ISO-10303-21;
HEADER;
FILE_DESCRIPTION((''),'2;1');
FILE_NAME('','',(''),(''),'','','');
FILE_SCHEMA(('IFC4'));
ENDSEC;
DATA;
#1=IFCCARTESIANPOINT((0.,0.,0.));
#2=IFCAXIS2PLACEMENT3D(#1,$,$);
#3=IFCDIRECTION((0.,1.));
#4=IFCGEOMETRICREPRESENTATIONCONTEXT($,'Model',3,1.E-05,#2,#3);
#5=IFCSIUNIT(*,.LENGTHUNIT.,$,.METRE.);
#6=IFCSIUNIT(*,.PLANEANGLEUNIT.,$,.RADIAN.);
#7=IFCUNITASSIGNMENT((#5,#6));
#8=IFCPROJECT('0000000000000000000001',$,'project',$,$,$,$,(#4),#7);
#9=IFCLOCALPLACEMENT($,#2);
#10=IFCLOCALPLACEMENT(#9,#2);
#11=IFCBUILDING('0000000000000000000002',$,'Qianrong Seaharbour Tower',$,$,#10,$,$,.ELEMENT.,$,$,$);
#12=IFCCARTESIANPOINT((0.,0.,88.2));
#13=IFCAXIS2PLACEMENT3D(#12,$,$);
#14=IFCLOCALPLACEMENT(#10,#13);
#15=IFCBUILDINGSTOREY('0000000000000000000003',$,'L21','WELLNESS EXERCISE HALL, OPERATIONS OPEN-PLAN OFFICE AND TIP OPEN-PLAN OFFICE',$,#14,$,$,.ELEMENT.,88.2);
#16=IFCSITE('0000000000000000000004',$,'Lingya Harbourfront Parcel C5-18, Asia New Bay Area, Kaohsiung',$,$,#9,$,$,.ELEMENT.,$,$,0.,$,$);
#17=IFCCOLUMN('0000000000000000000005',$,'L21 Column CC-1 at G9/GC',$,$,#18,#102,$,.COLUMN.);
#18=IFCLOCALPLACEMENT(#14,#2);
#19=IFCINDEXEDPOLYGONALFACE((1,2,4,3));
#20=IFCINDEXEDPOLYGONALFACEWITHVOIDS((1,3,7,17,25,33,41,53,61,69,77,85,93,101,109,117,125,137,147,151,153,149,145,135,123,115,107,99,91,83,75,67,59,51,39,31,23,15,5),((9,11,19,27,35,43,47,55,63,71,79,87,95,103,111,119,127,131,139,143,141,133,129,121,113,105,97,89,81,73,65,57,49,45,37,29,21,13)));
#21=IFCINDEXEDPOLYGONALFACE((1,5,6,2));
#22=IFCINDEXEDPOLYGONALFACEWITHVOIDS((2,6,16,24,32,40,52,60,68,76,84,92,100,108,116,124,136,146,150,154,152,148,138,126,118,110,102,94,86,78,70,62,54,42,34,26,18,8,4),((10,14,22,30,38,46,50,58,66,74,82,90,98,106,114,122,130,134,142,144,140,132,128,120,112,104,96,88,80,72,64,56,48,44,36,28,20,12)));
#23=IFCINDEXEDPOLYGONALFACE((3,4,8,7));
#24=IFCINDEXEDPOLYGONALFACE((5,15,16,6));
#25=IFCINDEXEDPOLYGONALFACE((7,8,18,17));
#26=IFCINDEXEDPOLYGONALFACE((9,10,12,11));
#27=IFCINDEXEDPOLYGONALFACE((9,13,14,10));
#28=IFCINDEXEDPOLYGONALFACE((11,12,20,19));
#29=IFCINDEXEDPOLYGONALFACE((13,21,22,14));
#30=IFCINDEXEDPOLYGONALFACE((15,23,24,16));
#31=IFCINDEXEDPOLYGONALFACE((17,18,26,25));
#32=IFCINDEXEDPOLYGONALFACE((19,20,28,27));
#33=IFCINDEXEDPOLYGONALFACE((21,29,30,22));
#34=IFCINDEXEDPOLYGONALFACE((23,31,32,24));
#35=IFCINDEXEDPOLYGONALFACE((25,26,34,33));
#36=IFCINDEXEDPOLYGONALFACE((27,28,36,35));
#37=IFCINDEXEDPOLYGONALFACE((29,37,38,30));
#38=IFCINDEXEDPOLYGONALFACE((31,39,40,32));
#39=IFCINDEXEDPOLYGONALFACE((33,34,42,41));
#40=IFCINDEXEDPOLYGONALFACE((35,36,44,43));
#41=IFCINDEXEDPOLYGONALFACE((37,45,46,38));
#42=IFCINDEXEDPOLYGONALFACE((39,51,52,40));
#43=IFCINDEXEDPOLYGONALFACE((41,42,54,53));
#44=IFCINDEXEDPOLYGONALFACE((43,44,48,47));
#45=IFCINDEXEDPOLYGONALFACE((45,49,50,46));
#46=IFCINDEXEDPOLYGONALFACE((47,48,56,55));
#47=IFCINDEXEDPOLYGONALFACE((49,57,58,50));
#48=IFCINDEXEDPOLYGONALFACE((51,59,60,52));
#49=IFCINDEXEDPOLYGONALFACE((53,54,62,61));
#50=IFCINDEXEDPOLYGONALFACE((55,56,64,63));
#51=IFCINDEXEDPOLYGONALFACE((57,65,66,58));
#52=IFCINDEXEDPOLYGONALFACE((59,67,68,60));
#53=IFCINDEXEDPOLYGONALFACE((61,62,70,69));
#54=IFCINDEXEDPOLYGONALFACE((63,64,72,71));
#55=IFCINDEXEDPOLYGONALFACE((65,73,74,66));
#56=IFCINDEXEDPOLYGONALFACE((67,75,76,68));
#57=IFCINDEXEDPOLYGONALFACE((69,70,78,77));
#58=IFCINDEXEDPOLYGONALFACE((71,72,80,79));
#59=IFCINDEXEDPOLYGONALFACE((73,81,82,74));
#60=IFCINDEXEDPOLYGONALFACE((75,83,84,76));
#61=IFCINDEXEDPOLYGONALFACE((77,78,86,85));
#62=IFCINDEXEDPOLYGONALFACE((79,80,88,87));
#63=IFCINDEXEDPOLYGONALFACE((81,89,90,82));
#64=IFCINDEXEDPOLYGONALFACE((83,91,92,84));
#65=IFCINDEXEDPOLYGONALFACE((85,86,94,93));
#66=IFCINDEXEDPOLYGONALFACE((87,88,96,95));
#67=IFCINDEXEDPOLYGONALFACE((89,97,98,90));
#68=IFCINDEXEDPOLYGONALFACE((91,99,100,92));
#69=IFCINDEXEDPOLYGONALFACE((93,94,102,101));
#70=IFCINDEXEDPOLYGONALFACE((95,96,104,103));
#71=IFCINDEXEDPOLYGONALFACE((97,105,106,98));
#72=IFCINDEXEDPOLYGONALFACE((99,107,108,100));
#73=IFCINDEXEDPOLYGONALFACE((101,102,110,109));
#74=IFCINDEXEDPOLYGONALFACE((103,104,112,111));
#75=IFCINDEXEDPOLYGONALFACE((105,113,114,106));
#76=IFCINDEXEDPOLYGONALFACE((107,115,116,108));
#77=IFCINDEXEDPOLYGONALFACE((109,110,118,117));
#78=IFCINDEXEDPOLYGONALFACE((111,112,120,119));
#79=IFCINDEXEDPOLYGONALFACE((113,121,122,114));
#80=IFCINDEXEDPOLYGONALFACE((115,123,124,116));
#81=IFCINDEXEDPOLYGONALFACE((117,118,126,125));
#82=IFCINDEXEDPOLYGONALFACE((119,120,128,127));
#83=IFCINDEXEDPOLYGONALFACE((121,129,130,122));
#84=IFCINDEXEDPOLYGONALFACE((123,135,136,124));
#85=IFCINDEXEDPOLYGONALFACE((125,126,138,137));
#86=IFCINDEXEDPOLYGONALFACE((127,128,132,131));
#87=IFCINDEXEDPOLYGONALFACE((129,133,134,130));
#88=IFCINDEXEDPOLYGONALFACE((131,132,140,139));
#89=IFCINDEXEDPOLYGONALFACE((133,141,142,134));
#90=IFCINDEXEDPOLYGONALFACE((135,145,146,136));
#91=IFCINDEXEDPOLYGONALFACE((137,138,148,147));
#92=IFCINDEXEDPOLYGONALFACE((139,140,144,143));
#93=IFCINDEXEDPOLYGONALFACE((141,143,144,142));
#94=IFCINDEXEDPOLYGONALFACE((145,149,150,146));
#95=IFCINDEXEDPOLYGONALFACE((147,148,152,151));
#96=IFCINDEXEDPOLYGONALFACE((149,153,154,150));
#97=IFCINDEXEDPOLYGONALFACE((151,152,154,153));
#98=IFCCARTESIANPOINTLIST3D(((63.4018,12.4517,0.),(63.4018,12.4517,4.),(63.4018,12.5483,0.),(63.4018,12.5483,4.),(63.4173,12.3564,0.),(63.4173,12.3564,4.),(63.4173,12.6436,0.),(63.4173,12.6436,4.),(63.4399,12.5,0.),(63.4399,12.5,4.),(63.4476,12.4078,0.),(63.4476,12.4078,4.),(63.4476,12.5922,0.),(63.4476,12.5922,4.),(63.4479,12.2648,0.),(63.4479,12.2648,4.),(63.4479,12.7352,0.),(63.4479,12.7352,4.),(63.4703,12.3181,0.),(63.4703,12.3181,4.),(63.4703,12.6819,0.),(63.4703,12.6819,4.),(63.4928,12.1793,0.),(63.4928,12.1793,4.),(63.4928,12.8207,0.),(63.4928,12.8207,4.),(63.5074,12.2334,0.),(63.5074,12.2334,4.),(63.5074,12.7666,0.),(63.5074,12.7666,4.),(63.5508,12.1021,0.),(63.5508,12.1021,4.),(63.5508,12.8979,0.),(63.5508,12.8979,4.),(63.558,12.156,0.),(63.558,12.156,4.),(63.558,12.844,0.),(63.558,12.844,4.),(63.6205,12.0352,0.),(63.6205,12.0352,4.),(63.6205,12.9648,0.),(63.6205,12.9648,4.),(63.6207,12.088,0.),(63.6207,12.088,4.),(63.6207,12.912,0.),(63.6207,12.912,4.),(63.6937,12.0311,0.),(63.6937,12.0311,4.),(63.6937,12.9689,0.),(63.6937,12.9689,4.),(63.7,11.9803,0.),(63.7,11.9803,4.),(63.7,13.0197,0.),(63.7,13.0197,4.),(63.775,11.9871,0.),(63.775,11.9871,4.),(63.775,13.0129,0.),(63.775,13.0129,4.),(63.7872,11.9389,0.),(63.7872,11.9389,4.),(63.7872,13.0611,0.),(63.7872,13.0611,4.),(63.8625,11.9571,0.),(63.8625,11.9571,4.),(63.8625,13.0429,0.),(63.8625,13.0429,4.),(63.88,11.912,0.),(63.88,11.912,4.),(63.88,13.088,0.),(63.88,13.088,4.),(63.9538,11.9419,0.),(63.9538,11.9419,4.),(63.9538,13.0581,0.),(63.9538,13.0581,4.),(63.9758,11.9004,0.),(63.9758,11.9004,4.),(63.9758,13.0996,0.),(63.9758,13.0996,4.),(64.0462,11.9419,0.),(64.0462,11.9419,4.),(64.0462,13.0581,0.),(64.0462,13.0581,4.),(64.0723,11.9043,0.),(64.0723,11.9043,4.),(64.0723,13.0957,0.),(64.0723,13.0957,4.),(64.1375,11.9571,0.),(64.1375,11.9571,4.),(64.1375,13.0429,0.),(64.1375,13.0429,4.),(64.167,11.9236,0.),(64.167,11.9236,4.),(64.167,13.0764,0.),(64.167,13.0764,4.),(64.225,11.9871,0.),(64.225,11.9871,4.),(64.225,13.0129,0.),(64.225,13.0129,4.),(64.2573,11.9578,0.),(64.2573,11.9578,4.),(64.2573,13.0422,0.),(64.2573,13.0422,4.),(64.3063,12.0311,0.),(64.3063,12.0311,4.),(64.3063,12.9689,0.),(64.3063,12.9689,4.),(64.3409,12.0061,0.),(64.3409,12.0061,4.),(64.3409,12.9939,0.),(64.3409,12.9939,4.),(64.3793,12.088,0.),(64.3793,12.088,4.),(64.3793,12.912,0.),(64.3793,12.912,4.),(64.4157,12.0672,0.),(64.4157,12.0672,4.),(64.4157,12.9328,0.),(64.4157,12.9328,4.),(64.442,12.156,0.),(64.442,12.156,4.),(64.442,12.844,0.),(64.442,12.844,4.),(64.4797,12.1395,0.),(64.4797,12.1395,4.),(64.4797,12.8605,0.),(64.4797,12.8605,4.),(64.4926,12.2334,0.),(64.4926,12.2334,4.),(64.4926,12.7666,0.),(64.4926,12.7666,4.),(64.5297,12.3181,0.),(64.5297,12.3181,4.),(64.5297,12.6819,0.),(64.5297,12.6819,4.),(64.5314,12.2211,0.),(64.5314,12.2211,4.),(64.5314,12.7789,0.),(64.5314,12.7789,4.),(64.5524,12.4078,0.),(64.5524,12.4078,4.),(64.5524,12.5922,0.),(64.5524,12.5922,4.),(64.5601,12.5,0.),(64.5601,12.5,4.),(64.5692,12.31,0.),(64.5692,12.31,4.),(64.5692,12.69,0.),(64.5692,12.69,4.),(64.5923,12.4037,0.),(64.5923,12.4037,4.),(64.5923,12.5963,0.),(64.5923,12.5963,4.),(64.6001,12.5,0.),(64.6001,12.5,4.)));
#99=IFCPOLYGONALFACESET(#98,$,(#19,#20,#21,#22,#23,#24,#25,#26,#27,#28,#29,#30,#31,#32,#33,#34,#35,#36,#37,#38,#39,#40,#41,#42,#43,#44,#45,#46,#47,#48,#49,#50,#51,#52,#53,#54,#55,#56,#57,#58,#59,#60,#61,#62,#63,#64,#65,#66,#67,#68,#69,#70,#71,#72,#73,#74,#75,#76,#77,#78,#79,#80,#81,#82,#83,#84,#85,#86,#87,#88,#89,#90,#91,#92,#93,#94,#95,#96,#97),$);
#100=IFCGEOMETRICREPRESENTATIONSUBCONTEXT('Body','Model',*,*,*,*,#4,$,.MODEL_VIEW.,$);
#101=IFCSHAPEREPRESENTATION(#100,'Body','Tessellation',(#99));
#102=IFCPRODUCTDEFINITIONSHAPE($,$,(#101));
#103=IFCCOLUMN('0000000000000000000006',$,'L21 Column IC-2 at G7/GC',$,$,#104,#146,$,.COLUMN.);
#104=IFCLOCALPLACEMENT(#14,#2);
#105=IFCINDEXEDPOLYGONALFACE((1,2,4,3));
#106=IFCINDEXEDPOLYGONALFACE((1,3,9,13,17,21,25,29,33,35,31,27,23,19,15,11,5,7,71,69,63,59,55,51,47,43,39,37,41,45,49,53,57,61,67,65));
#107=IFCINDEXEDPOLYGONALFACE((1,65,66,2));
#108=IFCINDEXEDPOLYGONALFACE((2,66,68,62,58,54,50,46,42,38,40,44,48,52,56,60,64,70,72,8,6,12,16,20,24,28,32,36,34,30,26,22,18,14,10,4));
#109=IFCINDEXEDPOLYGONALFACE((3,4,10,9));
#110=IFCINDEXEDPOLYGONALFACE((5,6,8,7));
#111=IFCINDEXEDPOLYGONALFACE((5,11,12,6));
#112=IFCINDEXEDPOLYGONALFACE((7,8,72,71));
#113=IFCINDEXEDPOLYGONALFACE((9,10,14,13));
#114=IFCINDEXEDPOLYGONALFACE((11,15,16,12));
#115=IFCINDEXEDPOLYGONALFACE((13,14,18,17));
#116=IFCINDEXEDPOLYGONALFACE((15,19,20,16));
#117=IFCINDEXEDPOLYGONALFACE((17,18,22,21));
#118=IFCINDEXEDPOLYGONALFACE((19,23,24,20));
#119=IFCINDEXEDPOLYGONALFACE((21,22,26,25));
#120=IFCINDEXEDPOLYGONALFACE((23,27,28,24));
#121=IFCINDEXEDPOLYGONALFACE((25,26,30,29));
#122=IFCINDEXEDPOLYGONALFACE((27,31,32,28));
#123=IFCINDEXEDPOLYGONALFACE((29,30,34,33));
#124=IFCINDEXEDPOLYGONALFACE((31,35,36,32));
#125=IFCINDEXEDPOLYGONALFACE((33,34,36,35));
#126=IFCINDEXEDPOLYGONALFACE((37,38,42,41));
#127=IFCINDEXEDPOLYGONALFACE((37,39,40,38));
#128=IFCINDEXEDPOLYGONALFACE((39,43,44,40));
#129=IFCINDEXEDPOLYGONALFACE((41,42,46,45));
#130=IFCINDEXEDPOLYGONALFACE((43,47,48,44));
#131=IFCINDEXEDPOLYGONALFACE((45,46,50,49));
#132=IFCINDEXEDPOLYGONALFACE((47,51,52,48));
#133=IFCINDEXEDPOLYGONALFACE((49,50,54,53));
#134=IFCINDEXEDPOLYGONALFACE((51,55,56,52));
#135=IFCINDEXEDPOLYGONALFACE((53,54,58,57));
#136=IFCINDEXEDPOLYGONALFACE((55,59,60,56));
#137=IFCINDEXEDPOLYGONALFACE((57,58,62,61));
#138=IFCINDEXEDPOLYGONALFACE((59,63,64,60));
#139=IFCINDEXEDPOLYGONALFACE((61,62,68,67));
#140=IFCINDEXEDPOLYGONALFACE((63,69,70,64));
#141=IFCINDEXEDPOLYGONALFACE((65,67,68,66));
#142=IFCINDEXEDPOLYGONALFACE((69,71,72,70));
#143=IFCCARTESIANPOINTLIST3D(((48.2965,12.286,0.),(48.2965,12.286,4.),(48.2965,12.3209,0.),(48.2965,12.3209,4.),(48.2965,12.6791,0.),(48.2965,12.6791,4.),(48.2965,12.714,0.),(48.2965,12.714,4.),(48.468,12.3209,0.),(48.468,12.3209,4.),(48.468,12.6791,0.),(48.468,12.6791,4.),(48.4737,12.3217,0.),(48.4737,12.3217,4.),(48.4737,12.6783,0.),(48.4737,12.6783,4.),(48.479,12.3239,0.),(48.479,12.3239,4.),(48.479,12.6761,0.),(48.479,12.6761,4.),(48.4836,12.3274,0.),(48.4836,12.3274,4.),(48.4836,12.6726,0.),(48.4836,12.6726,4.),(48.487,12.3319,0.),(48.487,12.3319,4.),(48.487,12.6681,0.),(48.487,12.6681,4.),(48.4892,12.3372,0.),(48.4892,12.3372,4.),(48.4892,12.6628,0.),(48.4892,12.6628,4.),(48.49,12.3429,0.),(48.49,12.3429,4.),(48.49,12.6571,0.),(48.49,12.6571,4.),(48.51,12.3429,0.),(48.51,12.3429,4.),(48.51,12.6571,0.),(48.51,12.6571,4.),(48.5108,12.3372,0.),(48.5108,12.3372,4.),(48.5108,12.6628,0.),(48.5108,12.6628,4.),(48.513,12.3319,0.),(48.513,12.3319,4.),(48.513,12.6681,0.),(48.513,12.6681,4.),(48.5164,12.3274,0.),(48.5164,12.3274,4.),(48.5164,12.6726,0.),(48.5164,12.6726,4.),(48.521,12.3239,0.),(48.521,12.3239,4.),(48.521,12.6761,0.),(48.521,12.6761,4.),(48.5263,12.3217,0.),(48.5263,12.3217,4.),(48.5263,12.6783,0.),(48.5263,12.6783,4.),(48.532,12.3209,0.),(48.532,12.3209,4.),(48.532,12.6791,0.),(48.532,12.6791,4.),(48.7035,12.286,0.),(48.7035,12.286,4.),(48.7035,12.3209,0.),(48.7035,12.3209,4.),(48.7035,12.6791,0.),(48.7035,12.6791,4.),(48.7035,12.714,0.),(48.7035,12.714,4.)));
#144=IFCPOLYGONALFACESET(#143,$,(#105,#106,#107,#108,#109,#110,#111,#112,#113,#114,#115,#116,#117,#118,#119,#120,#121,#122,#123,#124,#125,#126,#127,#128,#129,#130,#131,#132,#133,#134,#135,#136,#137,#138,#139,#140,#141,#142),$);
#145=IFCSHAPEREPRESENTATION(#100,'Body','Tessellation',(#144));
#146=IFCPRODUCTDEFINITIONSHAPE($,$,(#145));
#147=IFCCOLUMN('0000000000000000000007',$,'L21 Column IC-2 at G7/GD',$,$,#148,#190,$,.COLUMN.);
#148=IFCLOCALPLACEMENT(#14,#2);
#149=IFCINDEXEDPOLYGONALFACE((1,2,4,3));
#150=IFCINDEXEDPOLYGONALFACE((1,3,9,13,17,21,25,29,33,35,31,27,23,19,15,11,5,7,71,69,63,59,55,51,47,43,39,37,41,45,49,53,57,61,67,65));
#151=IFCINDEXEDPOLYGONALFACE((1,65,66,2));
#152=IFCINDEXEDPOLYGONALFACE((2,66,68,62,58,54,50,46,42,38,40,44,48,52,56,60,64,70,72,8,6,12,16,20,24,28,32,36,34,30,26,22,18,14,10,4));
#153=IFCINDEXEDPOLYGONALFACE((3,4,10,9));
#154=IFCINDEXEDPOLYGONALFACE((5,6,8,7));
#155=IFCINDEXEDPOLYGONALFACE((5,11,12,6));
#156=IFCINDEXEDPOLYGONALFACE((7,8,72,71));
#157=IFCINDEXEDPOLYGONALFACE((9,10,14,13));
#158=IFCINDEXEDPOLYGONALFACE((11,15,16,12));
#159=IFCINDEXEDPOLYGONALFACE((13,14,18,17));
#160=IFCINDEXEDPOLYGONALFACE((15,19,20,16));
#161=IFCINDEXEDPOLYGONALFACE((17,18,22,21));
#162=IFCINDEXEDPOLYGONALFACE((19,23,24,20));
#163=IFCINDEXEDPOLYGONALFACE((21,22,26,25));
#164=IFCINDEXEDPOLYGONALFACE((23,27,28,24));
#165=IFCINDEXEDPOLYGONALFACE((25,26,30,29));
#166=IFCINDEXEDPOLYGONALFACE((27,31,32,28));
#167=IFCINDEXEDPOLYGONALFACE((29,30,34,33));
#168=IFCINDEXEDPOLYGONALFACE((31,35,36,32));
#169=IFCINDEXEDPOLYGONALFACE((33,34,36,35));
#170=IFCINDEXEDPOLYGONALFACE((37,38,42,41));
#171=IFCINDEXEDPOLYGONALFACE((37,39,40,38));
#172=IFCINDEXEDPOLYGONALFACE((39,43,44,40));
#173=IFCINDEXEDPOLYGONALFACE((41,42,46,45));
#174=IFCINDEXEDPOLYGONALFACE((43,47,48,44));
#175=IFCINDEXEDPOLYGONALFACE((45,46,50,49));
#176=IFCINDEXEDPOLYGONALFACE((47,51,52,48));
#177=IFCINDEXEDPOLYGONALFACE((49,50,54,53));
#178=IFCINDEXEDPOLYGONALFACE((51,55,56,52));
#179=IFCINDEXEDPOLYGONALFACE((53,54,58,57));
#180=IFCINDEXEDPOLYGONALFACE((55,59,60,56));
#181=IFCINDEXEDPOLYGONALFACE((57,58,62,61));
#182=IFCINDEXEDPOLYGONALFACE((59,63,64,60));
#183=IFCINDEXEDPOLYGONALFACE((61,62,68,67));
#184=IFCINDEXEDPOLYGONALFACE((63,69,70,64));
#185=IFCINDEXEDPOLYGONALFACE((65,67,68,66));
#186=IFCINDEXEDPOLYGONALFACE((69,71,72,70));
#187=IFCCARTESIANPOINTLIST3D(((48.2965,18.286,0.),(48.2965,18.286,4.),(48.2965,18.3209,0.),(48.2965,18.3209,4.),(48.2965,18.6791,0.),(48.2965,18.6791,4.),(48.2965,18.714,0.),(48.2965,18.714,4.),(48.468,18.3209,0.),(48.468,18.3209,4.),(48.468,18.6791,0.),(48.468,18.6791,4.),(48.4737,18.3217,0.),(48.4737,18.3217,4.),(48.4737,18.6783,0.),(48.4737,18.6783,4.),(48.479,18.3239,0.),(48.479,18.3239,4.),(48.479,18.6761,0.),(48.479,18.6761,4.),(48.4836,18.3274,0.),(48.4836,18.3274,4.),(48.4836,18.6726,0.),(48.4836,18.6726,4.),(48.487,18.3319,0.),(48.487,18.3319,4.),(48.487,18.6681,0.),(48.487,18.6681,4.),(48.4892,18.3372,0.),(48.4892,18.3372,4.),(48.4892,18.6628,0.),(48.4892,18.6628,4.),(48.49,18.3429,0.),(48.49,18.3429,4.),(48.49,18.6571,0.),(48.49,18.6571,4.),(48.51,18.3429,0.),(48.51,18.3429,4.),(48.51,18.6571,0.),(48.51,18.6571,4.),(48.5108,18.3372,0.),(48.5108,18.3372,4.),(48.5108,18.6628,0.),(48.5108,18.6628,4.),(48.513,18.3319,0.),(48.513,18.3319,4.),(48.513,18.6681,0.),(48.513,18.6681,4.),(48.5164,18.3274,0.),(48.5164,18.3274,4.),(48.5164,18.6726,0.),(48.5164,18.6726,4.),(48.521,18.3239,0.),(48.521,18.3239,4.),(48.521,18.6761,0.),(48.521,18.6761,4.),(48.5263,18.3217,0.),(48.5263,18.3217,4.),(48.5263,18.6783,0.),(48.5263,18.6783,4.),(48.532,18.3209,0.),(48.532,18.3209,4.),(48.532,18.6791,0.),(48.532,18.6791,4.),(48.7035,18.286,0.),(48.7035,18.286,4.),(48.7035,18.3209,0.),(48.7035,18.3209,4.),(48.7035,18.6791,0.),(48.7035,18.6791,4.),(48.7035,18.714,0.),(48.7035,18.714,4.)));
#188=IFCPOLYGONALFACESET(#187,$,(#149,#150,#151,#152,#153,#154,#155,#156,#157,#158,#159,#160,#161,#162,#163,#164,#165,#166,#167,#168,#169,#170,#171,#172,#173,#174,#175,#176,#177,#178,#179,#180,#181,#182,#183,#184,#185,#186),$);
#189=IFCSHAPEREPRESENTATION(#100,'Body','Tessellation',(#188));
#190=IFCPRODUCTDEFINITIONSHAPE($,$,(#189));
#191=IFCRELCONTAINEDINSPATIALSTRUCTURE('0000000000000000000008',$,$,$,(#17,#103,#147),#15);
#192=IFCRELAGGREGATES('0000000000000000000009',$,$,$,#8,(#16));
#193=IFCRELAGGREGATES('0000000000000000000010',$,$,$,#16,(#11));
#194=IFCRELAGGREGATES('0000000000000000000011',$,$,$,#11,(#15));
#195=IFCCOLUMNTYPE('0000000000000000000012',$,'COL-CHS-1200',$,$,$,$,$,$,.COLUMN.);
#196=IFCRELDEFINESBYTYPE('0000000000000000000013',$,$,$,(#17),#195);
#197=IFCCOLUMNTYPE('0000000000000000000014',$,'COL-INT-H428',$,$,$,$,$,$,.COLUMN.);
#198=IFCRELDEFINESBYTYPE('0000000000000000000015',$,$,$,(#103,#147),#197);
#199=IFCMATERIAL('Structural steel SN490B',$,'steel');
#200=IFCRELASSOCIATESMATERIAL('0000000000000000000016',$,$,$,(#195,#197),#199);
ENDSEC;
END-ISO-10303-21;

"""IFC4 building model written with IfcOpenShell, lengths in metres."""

from ifc_helpers import new_model, si_unit, direction, frame, origin, origin_2d, place, context, subcontext, project, spatial, hollow_circle, i_section, extrude, material, material_profile, profile_set, type_object, element, save


model = new_model("IFC4")

# Units and contexts
model_context = context("Model", 3, precision=1e-05, world=origin(), true_north=direction((0.0, 1.0)))
body_context = subcontext(model_context, "Body", "Model", "MODEL_VIEW")
ifc_project = project(units=[si_unit("LENGTHUNIT", "METRE"), si_unit("PLANEANGLEUNIT", "RADIAN")], contexts=[model_context])

# Site, building, storey
site_placement = place(None, origin())
site = spatial("IfcSite", under=ifc_project, at=site_placement, Name="Lingya Harbourfront Parcel C5-18, Asia New Bay Area, Kaohsiung", CompositionType="ELEMENT", RefElevation=0.0)
building_placement = place(site_placement, origin())
building = spatial("IfcBuilding", under=site, at=building_placement, Name="Qianrong Seaharbour Tower", CompositionType="ELEMENT")
storey_placement = place(building_placement, frame((0.0, 0.0, 88.2)))
storey = spatial("IfcBuildingStorey", under=building, at=storey_placement, Name="L21", Description="WELLNESS EXERCISE HALL, OPERATIONS OPEN-PLAN OFFICE AND TIP OPEN-PLAN OFFICE", CompositionType="ELEMENT", Elevation=88.2)

# Columns
ifc_material_1 = material(Name="Structural steel SN490B", Category="steel")
ifc_material_profile_1 = material_profile(ifc_material_1, hollow_circle(Radius=0.6001, WallThickness=0.04, at=origin_2d()), Name="CHS1200x40")
ifc_profile_set_1 = profile_set([ifc_material_profile_1], Name="Structural steel SN490B")
column_type_1 = type_object("IfcColumnType", Name="COL-CHS-1200", PredefinedType="COLUMN", material=ifc_profile_set_1)
column_placement = place(storey_placement, frame((64.0, 12.5, 0.0), z_axis=(0.0, 0.0, 1.0), x_axis=(1.0, 0.0, 0.0)))
element("IfcColumn", 1, at=column_placement, inside=storey, type_object=column_type_1, Name="L21 Column CC-1 at G9/GC", PredefinedType="COLUMN", context=body_context, shape_type="SweptSolid", body=[
    extrude(hollow_circle(Radius=0.6001, WallThickness=0.04, at=origin_2d()), origin(), (0.0, 0.0, 1.0), 4.0),
])
ifc_material_profile_2 = material_profile(ifc_material_1, i_section(OverallWidth=0.407, OverallDepth=0.428, WebThickness=0.02, FlangeThickness=0.0349, FilletRadius=0.022, at=origin_2d()), Name="H428x407x20x35")
ifc_profile_set_2 = profile_set([ifc_material_profile_2], Name="Structural steel SN490B")
column_type_2 = type_object("IfcColumnType", Name="COL-INT-H428", PredefinedType="COLUMN", material=ifc_profile_set_2)
for number, where, z_axis, x_axis, name in (
    (2, (48.5, 12.5, 0.0), (0.0, 0.0, 1.0), (1.0, 0.0, 0.0), "L21 Column IC-2 at G7/GC"),
    (3, (48.5, 18.5, 0.0), (0.0, 0.0, 1.0), (1.0, 0.0, 0.0), "L21 Column IC-2 at G7/GD"),
):
    element("IfcColumn", number, at=place(storey_placement, frame(where, z_axis=z_axis, x_axis=x_axis)), inside=storey, type_object=column_type_2, Name=name, PredefinedType="COLUMN", context=body_context, shape_type="SweptSolid", body=[
        extrude(i_section(OverallWidth=0.407, OverallDepth=0.428, WebThickness=0.02, FlangeThickness=0.0349, FilletRadius=0.022, at=origin_2d()), origin(), (0.0, 0.0, 1.0), 4.0),
    ])

save(model, "model.ifc")
